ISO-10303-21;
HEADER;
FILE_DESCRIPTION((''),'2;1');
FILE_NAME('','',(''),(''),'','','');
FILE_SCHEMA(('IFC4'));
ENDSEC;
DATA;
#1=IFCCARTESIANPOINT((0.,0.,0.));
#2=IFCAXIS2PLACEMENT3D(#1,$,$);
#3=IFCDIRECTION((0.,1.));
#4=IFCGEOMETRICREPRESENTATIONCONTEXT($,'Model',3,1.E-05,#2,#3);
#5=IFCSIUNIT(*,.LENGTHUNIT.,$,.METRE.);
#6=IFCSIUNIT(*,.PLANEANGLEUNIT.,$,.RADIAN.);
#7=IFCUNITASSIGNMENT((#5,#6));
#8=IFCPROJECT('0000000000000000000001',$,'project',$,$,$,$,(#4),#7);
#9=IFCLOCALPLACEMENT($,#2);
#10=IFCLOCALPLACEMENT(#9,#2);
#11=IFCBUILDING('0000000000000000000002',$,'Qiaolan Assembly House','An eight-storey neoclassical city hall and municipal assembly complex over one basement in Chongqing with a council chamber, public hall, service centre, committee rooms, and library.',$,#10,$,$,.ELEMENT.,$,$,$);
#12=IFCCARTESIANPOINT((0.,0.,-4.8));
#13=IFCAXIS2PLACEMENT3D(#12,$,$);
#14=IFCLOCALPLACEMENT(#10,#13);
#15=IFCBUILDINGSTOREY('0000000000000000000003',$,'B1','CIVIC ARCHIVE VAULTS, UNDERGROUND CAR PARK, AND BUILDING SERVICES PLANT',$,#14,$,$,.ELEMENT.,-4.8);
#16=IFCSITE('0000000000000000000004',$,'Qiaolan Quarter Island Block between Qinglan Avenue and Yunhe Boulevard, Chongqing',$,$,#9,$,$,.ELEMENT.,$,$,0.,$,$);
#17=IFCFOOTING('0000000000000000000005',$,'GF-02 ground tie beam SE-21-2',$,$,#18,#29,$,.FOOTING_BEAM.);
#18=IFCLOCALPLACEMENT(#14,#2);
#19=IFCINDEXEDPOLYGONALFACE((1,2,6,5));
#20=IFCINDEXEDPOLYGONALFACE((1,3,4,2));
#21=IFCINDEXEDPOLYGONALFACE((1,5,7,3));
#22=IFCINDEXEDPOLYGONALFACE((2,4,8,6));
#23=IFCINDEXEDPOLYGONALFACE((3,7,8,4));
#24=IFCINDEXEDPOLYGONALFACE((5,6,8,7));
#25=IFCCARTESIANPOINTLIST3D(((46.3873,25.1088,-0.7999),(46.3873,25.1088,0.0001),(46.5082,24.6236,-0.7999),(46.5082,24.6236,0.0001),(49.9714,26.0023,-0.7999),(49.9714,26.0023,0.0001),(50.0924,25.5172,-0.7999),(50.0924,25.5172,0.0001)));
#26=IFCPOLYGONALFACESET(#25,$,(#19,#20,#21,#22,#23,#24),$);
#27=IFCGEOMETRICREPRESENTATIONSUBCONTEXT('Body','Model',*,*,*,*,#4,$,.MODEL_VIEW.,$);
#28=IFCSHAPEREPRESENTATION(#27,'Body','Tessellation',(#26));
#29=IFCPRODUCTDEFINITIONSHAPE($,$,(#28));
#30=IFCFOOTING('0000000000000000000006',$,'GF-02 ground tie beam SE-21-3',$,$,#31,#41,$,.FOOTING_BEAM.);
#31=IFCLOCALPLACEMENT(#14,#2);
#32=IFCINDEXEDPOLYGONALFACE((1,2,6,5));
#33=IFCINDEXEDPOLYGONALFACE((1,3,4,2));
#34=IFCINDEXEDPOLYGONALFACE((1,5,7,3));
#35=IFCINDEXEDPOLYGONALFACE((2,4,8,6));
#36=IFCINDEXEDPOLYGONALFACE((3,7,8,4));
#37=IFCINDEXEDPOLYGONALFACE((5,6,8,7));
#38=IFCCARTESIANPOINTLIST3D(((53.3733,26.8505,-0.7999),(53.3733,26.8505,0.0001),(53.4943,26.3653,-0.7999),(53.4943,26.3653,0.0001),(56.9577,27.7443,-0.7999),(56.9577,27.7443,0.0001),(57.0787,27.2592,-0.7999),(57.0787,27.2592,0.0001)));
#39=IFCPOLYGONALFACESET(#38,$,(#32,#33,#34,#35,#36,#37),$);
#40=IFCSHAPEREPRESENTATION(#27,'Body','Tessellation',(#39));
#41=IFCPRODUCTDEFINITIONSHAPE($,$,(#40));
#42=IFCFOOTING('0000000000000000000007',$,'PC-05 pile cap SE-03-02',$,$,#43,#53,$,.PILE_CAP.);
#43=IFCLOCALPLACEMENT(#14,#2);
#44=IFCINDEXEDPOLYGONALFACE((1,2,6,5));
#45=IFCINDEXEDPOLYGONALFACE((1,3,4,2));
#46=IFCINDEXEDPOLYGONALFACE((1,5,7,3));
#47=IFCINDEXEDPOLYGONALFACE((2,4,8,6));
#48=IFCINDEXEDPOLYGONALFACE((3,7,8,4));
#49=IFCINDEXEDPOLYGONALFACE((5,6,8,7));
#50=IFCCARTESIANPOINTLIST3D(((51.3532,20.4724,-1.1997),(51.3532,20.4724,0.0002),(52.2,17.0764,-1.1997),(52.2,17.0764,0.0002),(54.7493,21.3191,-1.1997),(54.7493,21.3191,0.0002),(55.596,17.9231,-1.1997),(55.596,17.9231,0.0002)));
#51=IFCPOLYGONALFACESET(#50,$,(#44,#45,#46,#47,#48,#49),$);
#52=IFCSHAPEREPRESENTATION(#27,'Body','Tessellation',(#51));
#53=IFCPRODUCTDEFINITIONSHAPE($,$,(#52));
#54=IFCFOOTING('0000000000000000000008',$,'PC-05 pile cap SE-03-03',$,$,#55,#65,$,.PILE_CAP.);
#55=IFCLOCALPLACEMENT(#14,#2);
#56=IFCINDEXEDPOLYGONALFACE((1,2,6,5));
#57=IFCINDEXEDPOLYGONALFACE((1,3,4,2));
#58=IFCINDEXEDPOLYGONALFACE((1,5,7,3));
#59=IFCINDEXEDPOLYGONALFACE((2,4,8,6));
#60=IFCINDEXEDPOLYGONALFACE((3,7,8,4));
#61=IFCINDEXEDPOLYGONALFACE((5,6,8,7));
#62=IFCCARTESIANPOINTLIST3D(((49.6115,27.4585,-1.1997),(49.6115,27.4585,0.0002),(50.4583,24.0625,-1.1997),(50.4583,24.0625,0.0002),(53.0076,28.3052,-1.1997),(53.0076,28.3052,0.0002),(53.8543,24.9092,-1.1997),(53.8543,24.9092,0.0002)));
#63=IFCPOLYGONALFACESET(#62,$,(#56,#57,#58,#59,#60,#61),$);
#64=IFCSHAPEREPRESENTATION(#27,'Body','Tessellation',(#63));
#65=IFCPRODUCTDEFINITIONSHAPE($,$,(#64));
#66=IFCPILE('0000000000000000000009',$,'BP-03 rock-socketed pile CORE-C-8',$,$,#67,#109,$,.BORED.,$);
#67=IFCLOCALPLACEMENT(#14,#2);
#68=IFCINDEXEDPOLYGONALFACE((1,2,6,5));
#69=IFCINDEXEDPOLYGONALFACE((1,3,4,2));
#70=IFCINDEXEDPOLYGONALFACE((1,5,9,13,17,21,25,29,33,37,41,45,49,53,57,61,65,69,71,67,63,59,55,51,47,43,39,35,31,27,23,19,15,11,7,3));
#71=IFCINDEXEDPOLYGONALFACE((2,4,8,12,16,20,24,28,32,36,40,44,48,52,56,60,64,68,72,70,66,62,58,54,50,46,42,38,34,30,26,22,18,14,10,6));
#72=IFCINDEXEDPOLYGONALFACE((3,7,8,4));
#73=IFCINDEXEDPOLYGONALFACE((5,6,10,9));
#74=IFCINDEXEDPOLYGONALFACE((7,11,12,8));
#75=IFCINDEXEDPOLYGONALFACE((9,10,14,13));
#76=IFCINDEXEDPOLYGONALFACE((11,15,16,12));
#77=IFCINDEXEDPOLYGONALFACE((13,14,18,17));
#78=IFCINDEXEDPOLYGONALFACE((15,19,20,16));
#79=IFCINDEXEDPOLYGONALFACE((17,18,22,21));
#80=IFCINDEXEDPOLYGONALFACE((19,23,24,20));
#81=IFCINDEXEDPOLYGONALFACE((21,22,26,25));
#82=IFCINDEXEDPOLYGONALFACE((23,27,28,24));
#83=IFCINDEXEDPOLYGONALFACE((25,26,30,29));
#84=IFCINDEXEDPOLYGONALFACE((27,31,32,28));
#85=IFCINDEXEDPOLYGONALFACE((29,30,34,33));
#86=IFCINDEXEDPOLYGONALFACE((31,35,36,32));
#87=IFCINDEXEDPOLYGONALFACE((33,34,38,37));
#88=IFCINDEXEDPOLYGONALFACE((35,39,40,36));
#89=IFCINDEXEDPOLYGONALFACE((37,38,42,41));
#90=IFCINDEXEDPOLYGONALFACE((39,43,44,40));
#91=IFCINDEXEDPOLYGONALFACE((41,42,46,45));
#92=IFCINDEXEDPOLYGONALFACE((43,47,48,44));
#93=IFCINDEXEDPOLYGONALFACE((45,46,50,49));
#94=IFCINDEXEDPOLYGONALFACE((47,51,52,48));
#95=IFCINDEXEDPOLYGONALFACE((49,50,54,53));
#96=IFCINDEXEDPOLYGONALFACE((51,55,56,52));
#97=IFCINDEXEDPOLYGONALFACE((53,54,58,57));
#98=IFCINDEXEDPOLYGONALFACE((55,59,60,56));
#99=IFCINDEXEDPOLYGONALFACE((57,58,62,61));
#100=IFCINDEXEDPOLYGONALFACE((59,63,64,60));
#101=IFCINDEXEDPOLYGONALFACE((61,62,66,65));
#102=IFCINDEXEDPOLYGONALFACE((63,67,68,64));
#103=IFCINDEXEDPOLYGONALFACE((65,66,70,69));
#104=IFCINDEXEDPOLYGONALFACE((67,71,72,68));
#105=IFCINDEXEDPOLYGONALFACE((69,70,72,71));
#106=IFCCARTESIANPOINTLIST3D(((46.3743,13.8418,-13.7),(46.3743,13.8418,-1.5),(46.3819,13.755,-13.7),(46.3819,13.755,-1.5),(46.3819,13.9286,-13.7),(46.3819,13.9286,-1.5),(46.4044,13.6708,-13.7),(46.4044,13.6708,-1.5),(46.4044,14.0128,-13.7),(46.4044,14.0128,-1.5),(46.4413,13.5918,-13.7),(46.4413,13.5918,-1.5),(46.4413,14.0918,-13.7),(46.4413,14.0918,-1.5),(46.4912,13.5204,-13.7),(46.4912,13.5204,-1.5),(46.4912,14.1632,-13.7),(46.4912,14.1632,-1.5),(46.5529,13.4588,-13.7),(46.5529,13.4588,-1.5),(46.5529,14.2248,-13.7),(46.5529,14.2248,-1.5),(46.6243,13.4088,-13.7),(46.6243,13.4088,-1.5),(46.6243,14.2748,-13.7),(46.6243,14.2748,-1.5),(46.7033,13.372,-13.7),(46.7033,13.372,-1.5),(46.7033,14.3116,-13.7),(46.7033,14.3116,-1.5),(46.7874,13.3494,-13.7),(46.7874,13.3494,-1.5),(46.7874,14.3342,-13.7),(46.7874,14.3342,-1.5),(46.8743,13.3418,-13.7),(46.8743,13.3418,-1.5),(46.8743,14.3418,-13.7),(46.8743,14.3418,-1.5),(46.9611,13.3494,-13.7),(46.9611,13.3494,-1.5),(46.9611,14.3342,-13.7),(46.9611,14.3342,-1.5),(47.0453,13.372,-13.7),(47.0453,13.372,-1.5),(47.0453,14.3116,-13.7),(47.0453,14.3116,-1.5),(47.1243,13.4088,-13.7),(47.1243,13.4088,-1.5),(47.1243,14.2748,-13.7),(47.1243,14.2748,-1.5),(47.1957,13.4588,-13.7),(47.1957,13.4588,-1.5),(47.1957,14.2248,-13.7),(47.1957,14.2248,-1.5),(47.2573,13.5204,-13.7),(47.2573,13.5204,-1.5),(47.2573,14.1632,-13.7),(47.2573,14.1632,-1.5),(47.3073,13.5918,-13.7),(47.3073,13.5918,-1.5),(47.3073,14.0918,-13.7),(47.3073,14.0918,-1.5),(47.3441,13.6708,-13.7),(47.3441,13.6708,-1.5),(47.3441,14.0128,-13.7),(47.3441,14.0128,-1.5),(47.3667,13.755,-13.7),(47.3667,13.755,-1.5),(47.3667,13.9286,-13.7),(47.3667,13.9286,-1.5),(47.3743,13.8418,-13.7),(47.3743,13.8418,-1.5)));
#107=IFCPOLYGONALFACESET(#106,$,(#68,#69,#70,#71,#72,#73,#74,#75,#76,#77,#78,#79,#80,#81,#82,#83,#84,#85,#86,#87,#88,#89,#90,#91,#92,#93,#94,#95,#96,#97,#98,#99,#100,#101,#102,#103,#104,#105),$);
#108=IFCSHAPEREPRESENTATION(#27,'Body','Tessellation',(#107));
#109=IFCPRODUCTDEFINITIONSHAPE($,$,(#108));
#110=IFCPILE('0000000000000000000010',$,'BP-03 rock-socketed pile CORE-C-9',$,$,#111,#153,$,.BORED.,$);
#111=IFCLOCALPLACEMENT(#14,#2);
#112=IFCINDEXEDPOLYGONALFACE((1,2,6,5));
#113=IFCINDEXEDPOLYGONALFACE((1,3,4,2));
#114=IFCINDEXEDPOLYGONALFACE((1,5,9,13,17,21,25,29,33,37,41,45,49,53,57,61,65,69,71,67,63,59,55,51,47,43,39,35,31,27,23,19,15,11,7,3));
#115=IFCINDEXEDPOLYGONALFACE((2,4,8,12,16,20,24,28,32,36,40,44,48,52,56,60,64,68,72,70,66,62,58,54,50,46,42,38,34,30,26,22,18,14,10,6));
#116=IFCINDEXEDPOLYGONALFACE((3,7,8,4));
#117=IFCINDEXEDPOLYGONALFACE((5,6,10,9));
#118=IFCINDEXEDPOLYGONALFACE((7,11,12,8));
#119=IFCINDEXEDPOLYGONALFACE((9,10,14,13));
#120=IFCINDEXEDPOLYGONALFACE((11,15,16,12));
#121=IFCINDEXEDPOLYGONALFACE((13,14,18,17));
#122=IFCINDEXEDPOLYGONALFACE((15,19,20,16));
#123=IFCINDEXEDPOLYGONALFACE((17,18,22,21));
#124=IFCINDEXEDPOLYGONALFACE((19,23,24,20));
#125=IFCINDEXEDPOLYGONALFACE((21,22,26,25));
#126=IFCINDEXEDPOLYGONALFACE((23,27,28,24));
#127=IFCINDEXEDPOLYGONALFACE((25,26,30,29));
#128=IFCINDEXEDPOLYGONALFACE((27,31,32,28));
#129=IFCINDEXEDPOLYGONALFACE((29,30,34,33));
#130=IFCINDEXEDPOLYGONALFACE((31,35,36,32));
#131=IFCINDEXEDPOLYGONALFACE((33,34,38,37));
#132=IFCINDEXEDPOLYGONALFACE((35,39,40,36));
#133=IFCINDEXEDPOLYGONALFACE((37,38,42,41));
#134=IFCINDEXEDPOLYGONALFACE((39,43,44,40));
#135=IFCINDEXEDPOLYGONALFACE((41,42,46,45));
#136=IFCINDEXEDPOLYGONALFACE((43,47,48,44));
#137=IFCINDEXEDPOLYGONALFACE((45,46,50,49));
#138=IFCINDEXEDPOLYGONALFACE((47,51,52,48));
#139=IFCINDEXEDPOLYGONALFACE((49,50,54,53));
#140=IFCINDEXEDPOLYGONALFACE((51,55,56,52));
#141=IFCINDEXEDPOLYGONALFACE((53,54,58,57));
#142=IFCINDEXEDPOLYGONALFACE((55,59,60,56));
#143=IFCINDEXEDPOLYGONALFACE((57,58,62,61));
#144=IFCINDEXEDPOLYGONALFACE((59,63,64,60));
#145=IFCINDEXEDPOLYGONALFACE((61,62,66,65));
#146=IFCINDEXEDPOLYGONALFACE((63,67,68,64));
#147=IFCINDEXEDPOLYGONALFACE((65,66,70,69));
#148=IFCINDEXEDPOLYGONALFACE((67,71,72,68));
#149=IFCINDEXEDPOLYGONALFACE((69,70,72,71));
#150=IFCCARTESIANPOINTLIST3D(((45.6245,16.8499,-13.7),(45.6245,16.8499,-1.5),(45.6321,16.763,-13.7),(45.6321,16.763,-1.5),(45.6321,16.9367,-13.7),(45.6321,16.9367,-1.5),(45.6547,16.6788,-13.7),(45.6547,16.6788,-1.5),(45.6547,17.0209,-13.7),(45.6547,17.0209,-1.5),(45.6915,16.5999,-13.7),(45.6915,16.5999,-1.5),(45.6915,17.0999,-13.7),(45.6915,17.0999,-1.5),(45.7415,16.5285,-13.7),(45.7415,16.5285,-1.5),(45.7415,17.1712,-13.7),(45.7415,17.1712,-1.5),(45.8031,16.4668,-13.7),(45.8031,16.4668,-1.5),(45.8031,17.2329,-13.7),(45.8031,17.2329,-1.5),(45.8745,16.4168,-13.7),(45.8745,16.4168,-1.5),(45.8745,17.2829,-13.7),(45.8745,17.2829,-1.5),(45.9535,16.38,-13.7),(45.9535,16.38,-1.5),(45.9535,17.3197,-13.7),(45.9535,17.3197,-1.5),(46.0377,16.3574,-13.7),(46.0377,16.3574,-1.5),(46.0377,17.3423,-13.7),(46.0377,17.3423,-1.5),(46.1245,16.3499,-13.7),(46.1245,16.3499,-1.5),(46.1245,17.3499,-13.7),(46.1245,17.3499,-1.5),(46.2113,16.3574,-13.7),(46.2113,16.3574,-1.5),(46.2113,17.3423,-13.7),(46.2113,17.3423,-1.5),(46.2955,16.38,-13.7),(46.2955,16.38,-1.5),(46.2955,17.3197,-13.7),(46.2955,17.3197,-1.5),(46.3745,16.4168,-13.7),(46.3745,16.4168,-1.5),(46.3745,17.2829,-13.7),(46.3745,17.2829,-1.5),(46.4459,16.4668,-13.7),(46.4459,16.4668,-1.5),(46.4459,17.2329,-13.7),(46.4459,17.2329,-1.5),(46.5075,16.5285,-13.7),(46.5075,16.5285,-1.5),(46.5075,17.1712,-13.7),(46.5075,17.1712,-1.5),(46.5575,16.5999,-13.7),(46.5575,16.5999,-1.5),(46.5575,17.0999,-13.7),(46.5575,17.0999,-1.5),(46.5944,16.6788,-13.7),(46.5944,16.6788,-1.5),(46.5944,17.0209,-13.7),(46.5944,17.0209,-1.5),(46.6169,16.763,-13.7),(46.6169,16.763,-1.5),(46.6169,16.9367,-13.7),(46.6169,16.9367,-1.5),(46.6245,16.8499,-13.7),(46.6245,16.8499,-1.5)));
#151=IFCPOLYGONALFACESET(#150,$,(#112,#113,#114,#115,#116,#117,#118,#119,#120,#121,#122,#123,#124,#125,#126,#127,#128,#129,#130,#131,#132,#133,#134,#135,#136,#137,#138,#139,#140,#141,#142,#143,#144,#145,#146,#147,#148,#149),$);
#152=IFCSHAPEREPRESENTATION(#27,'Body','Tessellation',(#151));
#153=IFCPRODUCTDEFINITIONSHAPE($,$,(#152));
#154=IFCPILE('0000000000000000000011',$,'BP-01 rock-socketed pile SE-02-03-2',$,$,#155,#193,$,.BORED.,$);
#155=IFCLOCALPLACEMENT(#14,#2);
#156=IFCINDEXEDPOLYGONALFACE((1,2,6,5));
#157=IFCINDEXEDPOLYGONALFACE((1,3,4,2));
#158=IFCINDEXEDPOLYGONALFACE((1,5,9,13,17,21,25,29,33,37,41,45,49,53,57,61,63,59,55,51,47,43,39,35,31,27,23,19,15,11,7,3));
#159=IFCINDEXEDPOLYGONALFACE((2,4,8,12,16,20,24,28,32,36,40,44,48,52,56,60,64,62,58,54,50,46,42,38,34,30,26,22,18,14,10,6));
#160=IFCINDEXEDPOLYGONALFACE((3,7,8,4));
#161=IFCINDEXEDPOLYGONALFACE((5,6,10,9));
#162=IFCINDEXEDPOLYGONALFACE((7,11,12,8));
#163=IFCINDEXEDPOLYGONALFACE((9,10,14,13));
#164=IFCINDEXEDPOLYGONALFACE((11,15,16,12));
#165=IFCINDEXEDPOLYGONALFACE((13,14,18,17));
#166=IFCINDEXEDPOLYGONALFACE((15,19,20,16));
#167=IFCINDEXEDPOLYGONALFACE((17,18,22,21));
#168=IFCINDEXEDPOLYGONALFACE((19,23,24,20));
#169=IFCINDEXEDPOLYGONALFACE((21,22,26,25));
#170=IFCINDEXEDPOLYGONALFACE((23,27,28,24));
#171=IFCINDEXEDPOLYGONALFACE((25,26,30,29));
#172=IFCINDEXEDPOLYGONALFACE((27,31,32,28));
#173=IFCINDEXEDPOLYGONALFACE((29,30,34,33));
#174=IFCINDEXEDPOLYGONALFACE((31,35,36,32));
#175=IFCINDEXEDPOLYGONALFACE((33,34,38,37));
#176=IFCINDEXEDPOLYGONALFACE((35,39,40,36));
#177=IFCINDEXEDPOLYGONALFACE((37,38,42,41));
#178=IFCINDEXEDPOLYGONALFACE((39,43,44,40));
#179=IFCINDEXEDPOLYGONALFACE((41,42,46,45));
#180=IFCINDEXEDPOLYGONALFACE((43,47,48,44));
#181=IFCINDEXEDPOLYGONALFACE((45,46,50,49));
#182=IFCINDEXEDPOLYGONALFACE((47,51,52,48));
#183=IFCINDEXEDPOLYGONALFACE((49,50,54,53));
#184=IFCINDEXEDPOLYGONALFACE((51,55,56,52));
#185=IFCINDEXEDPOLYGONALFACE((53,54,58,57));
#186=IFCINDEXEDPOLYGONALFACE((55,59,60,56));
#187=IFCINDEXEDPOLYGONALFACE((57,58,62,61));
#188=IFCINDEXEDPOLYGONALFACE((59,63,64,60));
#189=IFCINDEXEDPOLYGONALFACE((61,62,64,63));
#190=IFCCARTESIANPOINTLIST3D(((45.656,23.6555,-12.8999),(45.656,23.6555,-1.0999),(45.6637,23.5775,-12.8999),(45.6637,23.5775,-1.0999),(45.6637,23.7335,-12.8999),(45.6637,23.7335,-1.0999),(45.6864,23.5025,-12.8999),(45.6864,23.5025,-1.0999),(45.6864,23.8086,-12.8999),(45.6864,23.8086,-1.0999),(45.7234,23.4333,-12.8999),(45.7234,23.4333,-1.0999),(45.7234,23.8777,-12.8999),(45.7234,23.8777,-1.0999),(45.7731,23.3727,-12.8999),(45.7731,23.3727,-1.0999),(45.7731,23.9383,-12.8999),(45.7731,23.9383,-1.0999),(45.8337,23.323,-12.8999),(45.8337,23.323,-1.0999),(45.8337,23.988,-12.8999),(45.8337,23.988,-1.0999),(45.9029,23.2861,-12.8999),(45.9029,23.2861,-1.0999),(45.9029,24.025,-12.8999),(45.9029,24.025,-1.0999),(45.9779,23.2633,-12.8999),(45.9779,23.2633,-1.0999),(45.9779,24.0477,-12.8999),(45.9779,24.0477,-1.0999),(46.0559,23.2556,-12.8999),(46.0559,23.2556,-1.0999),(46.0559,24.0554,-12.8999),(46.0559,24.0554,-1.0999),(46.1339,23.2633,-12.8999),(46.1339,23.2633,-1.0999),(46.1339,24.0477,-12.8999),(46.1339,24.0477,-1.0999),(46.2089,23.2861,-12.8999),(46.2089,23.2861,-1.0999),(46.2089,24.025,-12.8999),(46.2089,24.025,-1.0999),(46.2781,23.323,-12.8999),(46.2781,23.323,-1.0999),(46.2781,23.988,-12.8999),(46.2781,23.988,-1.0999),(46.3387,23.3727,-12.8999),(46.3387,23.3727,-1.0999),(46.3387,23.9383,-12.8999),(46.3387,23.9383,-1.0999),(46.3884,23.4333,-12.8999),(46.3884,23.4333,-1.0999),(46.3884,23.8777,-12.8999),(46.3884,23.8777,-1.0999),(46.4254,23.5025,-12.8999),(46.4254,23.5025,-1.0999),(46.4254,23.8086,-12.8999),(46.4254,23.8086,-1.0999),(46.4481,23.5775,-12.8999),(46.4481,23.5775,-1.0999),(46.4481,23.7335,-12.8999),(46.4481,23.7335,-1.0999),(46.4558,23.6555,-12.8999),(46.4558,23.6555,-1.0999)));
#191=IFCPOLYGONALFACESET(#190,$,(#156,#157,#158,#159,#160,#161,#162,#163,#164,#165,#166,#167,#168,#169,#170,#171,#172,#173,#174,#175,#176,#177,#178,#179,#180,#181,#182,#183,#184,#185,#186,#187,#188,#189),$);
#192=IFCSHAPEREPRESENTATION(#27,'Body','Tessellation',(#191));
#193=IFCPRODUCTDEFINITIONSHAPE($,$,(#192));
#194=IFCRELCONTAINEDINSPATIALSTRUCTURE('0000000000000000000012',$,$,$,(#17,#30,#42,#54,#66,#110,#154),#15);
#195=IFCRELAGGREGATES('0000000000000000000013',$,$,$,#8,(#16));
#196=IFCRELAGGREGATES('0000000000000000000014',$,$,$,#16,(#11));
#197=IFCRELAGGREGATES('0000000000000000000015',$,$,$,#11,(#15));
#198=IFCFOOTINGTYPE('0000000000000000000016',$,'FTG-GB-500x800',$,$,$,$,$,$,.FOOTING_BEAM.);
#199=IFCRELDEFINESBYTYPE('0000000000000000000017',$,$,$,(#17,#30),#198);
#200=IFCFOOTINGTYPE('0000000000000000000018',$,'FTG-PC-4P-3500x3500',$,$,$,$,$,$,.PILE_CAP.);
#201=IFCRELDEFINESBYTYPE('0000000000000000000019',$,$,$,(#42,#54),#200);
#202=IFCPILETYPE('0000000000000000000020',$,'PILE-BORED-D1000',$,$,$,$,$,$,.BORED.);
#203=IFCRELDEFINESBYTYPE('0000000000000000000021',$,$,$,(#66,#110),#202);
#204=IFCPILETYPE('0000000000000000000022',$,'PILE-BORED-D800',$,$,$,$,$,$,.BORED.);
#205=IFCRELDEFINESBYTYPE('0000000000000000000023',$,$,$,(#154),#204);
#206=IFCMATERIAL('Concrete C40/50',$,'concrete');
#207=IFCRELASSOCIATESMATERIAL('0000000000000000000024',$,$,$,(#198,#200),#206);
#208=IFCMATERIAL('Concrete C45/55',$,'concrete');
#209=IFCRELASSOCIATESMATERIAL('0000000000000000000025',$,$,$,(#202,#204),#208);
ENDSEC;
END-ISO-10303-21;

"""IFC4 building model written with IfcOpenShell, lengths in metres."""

from ifc_helpers import new_model, si_unit, direction, frame, origin, origin_2d, place, context, subcontext, project, spatial, rectangle, circle, extrude, material, material_profile, profile_set, type_object, element, save


model = new_model("IFC4")

# Units and contexts
model_context = context("Model", 3, precision=1e-05, world=origin(), true_north=direction((0.0, 1.0)))
body_context = subcontext(model_context, "Body", "Model", "MODEL_VIEW")
ifc_project = project(units=[si_unit("LENGTHUNIT", "METRE"), si_unit("PLANEANGLEUNIT", "RADIAN")], contexts=[model_context])

# Site, building, storey
site_placement = place(None, origin())
site = spatial("IfcSite", under=ifc_project, at=site_placement, Name="Qiaolan Quarter Island Block between Qinglan Avenue and Yunhe Boulevard, Chongqing", CompositionType="ELEMENT", RefElevation=0.0)
building_placement = place(site_placement, origin())
building = spatial("IfcBuilding", under=site, at=building_placement, Name="Qiaolan Assembly House", Description="An eight-storey neoclassical city hall and municipal assembly complex over one basement in Chongqing with a council chamber, public hall, service centre, committee rooms, and library.", CompositionType="ELEMENT")
storey_placement = place(building_placement, frame((0.0, 0.0, -4.8)))
storey = spatial("IfcBuildingStorey", under=building, at=storey_placement, Name="B1", Description="CIVIC ARCHIVE VAULTS, UNDERGROUND CAR PARK, AND BUILDING SERVICES PLANT", CompositionType="ELEMENT", Elevation=-4.8)

# Footings
ifc_material_1 = material(Name="Concrete C40/50", Category="concrete")
ifc_material_profile_1 = material_profile(ifc_material_1, rectangle(XDim=0.5, YDim=0.8, at=origin_2d()), Name="GF 500x800")
ifc_profile_set_1 = profile_set([ifc_material_profile_1], Name="Concrete C40/50")
footing_type_1 = type_object("IfcFootingType", Name="FTG-GB-500x800", PredefinedType="FOOTING_BEAM", material=ifc_profile_set_1)
footing_1_placement = place(storey_placement, frame((46.4478, 24.8662, -0.3999), z_axis=(0.970302, 0.241898, 0.0), x_axis=(-0.241898, 0.970302, 0.0)))
element("IfcFooting", 1, at=footing_1_placement, inside=storey, type_object=footing_type_1, Name="GF-02 ground tie beam SE-21-2", PredefinedType="FOOTING_BEAM", context=body_context, shape_type="SweptSolid", body=[
    extrude(rectangle(XDim=0.5, YDim=0.8, at=origin_2d()), origin(), (0.0, 0.0, 1.0), 3.6938),
])
footing_2_placement = place(storey_placement, frame((53.4338, 26.6079, -0.3999), z_axis=(0.970286, 0.24196, 0.0), x_axis=(-0.24196, 0.970286, 0.0)))
element("IfcFooting", 2, at=footing_2_placement, inside=storey, type_object=footing_type_1, Name="GF-02 ground tie beam SE-21-3", PredefinedType="FOOTING_BEAM", context=body_context, shape_type="SweptSolid", body=[
    extrude(rectangle(XDim=0.5, YDim=0.8, at=origin_2d()), origin(), (0.0, 0.0, 1.0), 3.6941),
])
footing_type_2 = type_object("IfcFootingType", Name="FTG-PC-4P-3500x3500", PredefinedType="PILE_CAP", material=ifc_material_1)
for number, where, z_axis, x_axis, name in (
    (3, (53.4746, 19.1978, -1.1997), (0.0, 0.0, 1.0), (0.970296, 0.241922, 0.0), "PC-05 pile cap SE-03-02"),
    (4, (51.7329, 26.1838, -1.1997), (0.0, 0.0, 1.0), (0.970296, 0.241922, 0.0), "PC-05 pile cap SE-03-03"),
):
    element("IfcFooting", number, at=place(storey_placement, frame(where, z_axis=z_axis, x_axis=x_axis)), inside=storey, type_object=footing_type_2, Name=name, PredefinedType="PILE_CAP", context=body_context, shape_type="SweptSolid", body=[
        extrude(rectangle(XDim=3.5, YDim=3.5, at=origin_2d()), origin(), (0.0, 0.0, 1.0), 1.2),
    ])

# Piles
ifc_material_2 = material(Name="Concrete C45/55", Category="concrete")
ifc_material_profile_2 = material_profile(ifc_material_2, circle(Radius=0.5, at=origin_2d()), Name="PILE D1000")
ifc_profile_set_2 = profile_set([ifc_material_profile_2], Name="Concrete C45/55")
pile_type_1 = type_object("IfcPileType", Name="PILE-BORED-D1000", PredefinedType="BORED", material=ifc_profile_set_2)
for number, where, z_axis, x_axis, name in (
    (5, (46.8743, 13.8418, -1.5), (0.0, 0.0, -1.0), (1.0, 0.0, 0.0), "BP-03 rock-socketed pile CORE-C-8"),
    (6, (46.1245, 16.8499, -1.5), (0.0, 0.0, -1.0), (1.0, 0.0, 0.0), "BP-03 rock-socketed pile CORE-C-9"),
):
    element("IfcPile", number, at=place(storey_placement, frame(where, z_axis=z_axis, x_axis=x_axis)), inside=storey, type_object=pile_type_1, Name=name, PredefinedType="BORED", context=body_context, shape_type="SweptSolid", body=[
        extrude(circle(Radius=0.5, at=origin_2d()), origin(), (0.0, 0.0, 1.0), 12.2),
    ])
ifc_material_profile_3 = material_profile(ifc_material_2, circle(Radius=0.3999, at=origin_2d()), Name="PILE D800")
ifc_profile_set_3 = profile_set([ifc_material_profile_3], Name="Concrete C45/55")
pile_type_2 = type_object("IfcPileType", Name="PILE-BORED-D800", PredefinedType="BORED", material=ifc_profile_set_3)
for number, where, z_axis, x_axis, name in (
    (7, (46.0559, 23.6555, -1.0999), (0.0, 0.0, -1.0), (1.0, 0.0, 0.0), "BP-01 rock-socketed pile SE-02-03-2"),
):
    element("IfcPile", number, at=place(storey_placement, frame(where, z_axis=z_axis, x_axis=x_axis)), inside=storey, type_object=pile_type_2, Name=name, PredefinedType="BORED", context=body_context, shape_type="SweptSolid", body=[
        extrude(circle(Radius=0.3999, at=origin_2d()), origin(), (0.0, 0.0, 1.0), 11.8),
    ])

save(model, "model.ifc")
